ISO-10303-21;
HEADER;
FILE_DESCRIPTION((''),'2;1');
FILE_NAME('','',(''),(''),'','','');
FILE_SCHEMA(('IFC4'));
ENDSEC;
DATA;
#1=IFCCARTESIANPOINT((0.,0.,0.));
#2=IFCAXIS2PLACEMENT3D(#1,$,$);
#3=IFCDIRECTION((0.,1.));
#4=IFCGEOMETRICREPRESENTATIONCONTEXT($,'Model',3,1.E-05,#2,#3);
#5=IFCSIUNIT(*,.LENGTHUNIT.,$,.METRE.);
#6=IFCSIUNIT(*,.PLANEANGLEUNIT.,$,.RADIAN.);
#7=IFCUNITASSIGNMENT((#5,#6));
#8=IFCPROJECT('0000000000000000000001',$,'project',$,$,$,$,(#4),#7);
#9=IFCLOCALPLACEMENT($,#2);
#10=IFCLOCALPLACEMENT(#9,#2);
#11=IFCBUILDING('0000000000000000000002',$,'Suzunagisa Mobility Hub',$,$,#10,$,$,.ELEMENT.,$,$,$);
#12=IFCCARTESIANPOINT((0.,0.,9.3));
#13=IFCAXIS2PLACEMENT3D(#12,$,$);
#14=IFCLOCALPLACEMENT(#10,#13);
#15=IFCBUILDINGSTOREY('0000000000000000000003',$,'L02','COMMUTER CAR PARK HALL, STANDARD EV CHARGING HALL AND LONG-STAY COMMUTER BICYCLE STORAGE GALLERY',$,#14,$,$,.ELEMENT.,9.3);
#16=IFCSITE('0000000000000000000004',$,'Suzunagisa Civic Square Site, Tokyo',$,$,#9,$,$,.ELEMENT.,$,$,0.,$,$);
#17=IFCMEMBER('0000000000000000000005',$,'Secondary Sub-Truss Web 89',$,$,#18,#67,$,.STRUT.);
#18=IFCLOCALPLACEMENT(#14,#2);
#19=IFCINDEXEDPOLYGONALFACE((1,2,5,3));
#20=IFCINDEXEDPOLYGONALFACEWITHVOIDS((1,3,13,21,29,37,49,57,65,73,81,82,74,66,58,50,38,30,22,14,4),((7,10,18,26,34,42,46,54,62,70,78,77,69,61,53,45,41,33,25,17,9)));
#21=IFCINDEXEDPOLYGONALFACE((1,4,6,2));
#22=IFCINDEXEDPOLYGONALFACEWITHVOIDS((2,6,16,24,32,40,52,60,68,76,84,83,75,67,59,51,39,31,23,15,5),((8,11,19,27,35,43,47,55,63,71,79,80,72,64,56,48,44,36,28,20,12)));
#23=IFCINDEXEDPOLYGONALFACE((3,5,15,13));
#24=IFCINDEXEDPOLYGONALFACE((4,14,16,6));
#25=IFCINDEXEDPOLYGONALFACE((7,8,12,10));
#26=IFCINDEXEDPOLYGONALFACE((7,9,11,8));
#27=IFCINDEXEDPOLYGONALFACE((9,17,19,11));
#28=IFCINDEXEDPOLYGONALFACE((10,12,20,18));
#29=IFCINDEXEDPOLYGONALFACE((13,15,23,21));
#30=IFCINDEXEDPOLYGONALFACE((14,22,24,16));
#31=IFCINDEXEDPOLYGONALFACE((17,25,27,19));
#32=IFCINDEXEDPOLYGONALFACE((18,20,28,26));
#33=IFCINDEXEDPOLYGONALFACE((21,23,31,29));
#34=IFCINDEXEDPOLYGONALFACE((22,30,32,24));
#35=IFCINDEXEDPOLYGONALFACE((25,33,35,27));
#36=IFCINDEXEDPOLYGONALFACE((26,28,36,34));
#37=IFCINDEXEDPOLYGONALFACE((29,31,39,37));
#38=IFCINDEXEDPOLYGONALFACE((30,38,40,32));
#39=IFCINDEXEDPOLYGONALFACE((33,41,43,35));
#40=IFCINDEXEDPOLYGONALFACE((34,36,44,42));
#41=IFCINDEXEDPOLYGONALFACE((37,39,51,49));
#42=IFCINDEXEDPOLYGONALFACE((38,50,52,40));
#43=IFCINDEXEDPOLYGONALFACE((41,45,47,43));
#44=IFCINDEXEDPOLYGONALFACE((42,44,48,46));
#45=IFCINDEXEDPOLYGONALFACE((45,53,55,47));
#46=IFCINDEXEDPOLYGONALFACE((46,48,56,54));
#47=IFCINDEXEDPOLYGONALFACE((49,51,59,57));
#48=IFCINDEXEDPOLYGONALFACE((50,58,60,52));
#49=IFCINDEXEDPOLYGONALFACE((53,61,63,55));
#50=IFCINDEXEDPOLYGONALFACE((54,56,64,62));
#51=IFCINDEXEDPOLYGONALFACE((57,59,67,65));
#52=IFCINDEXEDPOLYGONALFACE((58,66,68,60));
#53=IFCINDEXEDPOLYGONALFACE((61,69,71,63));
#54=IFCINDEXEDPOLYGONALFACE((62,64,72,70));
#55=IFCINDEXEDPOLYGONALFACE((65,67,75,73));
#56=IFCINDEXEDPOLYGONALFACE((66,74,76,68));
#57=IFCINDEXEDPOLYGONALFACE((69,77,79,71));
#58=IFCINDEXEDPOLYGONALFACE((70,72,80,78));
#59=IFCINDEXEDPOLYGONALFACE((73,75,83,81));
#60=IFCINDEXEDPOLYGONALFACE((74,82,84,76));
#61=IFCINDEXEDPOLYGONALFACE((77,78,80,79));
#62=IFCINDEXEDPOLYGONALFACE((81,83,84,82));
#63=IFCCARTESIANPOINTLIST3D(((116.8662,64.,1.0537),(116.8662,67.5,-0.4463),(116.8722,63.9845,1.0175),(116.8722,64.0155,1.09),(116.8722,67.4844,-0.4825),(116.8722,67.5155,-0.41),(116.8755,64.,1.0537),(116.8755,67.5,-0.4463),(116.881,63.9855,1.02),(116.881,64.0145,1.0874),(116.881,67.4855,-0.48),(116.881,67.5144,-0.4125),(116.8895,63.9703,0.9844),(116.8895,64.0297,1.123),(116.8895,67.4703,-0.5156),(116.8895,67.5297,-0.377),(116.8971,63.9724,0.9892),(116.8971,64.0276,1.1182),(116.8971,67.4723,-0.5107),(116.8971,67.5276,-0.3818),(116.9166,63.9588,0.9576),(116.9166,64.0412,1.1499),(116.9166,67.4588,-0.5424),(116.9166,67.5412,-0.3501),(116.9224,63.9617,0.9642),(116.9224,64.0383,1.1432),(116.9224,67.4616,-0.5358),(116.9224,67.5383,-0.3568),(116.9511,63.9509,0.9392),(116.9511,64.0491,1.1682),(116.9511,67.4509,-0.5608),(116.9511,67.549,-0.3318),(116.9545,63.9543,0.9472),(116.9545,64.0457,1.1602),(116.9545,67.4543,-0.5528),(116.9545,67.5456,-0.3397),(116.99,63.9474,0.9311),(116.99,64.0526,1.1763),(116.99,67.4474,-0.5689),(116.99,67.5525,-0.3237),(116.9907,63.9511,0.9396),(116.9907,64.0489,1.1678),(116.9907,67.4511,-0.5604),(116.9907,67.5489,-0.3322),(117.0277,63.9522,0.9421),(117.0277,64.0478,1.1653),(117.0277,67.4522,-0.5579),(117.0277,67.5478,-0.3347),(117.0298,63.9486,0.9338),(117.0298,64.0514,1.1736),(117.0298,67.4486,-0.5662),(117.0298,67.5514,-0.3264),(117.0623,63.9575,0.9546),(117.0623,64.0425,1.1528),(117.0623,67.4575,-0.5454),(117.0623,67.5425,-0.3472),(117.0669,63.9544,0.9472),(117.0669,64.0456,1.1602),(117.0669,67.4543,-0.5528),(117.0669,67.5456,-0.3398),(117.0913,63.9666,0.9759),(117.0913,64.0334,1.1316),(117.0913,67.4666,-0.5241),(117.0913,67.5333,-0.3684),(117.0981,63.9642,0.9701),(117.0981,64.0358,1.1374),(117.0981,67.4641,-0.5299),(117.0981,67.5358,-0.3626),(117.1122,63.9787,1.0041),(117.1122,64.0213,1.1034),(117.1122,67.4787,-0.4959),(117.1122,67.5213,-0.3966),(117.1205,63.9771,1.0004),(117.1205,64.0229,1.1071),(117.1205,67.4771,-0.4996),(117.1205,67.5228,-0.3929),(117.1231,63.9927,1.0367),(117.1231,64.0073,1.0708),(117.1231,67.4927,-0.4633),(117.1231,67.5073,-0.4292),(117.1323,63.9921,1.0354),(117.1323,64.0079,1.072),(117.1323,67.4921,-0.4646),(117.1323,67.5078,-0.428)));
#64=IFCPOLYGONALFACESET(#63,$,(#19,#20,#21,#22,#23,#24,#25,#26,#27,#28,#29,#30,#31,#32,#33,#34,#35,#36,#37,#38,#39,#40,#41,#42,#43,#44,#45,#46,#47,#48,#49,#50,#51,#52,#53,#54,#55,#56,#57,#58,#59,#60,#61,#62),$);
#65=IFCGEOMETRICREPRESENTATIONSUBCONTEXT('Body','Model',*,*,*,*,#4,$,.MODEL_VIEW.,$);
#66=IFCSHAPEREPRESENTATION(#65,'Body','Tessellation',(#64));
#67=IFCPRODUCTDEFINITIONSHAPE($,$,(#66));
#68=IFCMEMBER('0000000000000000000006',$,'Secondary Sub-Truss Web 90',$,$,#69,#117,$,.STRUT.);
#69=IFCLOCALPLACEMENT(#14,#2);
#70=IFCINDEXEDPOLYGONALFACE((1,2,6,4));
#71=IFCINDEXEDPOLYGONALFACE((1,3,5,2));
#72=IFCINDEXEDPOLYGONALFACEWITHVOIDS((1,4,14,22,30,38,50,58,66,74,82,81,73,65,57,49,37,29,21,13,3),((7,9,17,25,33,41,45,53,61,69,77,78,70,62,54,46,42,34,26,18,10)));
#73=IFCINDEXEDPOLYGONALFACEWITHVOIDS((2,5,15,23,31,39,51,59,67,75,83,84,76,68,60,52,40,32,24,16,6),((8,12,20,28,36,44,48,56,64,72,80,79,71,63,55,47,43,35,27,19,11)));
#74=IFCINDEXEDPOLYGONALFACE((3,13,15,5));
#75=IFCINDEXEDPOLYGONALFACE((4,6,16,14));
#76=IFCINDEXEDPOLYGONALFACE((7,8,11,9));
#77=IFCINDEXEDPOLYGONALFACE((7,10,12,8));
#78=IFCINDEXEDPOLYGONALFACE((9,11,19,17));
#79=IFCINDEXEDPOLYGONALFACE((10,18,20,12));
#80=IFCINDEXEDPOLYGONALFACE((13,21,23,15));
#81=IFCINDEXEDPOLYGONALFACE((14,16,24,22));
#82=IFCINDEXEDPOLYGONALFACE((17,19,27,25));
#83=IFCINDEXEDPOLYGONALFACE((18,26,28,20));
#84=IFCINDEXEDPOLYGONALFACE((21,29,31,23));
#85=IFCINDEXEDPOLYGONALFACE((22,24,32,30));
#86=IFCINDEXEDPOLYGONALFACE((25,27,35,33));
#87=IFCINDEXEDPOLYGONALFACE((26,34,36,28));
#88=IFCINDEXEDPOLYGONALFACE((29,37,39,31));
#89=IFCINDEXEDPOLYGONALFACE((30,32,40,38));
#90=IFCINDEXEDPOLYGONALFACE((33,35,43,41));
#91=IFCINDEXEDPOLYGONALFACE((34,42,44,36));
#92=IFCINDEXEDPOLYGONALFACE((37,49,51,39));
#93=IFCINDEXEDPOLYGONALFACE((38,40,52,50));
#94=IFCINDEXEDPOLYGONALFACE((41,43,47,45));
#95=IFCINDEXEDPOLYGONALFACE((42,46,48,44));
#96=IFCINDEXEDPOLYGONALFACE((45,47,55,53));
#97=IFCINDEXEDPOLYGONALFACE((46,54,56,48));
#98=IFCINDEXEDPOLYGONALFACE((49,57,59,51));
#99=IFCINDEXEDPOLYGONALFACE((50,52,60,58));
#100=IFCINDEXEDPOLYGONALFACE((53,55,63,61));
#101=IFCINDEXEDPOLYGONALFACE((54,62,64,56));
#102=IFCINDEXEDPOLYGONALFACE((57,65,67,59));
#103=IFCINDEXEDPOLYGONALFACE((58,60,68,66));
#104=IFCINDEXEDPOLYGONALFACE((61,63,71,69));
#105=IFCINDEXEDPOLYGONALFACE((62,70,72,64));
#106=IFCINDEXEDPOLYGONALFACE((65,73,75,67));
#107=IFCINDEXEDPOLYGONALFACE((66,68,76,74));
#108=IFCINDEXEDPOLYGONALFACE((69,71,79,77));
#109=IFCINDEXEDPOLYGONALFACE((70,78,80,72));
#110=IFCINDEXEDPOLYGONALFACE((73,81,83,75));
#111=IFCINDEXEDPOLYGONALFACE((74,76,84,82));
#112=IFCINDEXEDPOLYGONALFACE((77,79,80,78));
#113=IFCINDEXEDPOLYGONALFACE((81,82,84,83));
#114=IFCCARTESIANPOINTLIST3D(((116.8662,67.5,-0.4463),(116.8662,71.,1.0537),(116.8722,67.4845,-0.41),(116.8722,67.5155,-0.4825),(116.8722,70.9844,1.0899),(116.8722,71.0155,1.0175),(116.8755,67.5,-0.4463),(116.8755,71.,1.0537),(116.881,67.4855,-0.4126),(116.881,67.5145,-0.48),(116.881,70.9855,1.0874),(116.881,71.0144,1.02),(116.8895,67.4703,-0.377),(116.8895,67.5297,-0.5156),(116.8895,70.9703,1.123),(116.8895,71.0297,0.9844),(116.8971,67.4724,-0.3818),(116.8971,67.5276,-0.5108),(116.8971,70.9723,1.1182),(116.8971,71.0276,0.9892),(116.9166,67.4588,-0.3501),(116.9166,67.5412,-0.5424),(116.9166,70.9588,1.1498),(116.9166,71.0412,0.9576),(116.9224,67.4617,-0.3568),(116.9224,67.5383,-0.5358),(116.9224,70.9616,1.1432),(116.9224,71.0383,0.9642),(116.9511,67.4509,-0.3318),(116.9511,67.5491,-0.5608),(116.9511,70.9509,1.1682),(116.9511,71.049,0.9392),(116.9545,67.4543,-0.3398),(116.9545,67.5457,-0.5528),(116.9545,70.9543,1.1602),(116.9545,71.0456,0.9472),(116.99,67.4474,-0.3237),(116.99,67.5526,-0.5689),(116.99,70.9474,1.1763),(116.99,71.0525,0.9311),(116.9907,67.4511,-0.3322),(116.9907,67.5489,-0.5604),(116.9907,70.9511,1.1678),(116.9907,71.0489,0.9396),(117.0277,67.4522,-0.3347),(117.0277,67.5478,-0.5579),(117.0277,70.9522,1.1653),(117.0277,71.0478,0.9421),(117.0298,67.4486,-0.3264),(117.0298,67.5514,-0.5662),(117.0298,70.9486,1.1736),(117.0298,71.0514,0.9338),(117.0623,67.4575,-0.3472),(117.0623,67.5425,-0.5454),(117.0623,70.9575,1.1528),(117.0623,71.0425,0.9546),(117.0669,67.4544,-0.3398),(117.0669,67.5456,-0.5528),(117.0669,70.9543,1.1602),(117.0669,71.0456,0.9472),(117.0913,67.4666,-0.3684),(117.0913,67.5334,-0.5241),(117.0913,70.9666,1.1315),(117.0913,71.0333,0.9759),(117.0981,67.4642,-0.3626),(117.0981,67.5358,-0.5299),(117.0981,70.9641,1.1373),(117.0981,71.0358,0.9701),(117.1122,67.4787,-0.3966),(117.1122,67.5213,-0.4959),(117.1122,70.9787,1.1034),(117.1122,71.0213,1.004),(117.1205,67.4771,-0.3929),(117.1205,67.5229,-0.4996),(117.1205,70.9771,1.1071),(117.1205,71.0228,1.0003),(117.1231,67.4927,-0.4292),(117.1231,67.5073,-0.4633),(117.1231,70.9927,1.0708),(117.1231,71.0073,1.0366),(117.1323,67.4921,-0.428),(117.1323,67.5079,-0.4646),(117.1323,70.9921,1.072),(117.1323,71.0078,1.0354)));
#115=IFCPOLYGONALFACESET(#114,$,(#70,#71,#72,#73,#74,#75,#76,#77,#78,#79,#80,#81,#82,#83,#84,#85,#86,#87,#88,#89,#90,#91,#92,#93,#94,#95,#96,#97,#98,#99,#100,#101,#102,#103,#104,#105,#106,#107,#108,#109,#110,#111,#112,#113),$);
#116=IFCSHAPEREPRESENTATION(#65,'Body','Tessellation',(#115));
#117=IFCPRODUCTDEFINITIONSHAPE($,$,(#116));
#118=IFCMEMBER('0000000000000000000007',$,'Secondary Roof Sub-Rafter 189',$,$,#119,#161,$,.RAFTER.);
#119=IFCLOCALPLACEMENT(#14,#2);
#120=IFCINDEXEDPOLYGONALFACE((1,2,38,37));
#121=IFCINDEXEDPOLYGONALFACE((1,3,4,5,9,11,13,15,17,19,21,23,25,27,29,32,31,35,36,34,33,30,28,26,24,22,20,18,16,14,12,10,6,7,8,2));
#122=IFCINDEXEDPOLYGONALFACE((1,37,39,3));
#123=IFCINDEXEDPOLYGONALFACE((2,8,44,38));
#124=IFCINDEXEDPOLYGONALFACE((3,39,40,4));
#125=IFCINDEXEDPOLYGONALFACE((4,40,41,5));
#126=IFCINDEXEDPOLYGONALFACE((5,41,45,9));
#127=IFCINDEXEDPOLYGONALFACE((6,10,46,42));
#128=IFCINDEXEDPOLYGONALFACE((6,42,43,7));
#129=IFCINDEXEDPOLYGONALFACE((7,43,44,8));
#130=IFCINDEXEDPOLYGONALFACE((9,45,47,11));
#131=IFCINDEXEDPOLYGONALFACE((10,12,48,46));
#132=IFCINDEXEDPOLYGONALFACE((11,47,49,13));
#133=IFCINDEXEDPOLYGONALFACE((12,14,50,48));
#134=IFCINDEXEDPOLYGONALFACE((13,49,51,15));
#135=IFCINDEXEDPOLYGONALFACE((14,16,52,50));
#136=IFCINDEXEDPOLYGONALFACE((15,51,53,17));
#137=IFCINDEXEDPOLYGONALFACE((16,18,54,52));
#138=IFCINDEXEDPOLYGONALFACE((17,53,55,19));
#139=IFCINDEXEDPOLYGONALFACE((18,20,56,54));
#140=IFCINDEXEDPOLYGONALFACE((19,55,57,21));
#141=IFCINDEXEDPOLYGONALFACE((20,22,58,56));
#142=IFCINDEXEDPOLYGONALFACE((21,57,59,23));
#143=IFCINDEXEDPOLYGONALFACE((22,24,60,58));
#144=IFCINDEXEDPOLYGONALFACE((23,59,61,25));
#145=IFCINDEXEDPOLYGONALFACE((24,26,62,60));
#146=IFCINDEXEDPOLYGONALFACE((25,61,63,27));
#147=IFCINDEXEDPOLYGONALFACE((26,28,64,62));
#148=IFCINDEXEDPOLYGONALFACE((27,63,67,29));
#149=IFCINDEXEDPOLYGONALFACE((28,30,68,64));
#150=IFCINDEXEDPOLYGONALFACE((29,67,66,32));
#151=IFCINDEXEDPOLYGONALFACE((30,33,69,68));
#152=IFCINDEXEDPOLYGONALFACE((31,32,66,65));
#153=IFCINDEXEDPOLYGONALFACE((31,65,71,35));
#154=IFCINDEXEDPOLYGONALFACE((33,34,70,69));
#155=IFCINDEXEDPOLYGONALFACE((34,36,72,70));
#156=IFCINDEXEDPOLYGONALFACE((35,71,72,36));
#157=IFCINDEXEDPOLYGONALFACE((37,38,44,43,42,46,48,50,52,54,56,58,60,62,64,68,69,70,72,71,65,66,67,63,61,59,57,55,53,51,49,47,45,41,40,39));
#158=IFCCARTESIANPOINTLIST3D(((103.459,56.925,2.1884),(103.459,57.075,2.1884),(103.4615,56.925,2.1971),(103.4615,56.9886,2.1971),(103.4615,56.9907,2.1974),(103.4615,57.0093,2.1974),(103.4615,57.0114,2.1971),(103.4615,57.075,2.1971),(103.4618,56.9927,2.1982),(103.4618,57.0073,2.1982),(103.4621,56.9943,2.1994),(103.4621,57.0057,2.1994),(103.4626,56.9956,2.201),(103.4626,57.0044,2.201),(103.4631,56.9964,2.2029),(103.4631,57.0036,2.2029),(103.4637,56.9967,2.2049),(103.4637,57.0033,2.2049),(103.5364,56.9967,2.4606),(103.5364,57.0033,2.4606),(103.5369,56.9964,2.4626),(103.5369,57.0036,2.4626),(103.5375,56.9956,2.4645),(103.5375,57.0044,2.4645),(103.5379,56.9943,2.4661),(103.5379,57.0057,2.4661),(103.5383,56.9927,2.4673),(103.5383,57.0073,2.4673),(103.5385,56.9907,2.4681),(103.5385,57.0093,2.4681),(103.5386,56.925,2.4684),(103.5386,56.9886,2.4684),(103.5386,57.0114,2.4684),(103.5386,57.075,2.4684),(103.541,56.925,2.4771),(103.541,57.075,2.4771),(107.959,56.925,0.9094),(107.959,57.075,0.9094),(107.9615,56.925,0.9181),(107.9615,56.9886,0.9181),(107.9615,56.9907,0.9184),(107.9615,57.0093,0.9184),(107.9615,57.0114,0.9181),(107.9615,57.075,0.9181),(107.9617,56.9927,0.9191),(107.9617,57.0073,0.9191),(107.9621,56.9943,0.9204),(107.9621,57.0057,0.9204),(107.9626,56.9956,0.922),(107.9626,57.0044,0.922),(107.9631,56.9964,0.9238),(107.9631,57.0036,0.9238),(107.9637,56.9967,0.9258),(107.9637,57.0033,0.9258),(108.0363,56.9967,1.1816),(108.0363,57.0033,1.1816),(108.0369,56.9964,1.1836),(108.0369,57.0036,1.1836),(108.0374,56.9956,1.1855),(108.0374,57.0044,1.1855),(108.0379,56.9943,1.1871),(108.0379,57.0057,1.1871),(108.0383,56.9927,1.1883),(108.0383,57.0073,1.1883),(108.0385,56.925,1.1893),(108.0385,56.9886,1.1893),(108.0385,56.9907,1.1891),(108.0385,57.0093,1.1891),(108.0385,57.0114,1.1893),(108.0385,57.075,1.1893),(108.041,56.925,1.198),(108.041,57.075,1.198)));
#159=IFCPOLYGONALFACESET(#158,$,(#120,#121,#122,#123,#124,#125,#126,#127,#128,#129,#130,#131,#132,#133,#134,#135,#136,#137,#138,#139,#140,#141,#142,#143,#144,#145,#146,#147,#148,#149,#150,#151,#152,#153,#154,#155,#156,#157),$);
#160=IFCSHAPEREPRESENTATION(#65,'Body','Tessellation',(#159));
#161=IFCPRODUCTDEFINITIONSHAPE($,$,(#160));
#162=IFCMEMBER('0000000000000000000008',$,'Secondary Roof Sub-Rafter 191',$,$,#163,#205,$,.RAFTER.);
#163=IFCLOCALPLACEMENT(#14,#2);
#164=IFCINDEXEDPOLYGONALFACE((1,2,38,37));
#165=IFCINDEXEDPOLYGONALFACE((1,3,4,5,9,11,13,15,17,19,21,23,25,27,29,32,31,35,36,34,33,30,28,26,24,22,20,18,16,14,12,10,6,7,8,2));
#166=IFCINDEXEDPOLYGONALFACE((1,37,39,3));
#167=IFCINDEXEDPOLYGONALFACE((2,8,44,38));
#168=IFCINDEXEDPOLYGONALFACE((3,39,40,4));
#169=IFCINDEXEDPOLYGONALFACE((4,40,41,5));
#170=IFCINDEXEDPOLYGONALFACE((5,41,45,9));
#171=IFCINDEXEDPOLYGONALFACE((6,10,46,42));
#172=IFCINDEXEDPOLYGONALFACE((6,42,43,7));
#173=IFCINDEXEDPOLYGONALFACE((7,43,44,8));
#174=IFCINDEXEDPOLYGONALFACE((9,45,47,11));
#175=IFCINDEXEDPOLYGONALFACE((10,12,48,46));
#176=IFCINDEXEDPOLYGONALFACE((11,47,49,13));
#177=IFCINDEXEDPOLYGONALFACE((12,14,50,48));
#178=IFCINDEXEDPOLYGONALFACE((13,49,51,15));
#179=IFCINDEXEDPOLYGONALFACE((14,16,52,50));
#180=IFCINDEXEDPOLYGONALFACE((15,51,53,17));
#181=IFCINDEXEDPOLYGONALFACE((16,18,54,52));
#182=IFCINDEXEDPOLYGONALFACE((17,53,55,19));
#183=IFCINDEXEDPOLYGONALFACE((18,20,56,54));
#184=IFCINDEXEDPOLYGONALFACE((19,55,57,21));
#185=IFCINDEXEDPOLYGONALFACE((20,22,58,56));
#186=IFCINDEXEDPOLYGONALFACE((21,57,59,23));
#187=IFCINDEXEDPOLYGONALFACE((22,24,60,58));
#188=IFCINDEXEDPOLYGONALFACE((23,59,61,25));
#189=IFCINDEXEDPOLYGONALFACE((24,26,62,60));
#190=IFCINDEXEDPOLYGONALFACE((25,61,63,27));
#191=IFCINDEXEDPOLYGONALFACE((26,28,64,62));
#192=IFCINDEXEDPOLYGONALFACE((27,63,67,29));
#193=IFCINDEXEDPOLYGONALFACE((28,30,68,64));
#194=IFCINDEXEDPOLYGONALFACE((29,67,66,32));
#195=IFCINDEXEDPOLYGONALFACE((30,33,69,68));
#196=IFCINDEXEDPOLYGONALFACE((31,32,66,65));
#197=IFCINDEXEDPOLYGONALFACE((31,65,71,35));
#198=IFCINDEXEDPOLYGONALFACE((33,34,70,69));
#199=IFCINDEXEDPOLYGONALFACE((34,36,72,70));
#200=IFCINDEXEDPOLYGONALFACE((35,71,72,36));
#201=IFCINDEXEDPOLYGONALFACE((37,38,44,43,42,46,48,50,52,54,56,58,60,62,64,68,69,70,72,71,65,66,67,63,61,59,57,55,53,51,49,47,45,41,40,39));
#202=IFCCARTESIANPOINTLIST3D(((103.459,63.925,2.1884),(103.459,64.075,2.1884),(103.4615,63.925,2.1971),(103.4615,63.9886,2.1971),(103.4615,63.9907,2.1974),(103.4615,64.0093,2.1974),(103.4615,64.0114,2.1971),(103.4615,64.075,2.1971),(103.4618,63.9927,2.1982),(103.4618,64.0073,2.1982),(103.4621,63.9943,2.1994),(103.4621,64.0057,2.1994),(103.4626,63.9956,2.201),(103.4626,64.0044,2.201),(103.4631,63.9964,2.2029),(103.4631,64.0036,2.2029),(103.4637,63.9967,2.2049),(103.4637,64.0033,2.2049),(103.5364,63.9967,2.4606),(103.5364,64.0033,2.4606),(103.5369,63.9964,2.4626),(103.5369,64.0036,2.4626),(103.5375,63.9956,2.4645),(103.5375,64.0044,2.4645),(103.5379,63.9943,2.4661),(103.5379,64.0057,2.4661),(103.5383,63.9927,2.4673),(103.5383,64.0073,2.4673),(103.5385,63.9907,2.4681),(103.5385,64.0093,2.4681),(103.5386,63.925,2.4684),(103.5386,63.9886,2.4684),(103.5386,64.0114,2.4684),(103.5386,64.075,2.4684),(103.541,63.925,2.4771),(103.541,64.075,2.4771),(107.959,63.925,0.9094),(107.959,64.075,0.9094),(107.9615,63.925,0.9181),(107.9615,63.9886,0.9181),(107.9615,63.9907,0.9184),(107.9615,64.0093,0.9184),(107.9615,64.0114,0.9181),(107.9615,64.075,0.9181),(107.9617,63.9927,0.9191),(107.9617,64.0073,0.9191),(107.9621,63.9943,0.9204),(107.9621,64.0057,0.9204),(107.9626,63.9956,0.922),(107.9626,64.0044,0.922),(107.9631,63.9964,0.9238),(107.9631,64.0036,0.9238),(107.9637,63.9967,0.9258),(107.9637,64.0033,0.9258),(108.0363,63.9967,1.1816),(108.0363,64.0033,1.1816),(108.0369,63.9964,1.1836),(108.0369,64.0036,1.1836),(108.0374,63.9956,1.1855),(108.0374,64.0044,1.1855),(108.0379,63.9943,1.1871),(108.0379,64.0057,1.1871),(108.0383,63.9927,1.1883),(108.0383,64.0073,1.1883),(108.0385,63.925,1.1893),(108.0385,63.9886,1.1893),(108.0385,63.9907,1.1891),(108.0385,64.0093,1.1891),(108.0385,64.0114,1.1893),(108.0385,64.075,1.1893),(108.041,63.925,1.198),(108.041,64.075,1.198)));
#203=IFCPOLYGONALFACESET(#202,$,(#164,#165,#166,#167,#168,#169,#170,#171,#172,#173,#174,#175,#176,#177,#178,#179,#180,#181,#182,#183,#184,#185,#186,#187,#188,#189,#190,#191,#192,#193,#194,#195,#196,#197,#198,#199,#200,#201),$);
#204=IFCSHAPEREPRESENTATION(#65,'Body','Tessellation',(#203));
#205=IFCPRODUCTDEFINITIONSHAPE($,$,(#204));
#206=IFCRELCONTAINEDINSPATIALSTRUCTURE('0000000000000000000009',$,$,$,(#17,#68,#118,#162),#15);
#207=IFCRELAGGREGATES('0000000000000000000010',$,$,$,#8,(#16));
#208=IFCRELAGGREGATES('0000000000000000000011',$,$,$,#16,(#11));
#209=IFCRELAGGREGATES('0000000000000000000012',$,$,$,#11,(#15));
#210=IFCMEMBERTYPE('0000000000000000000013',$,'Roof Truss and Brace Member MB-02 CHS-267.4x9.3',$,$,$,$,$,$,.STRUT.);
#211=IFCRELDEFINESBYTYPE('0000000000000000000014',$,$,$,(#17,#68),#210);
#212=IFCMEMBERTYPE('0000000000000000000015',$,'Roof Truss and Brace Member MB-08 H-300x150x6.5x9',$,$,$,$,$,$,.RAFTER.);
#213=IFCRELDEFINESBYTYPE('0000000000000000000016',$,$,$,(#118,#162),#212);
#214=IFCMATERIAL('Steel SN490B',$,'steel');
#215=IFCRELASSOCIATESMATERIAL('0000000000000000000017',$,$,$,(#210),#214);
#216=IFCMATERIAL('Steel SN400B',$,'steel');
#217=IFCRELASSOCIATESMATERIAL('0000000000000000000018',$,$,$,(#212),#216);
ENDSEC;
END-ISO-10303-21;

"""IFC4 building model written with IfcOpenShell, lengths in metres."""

from ifc_helpers import new_model, si_unit, direction, frame, origin, origin_2d, place, context, subcontext, project, spatial, hollow_circle, i_section, extrude, material, material_profile, profile_set, type_object, element, save


model = new_model("IFC4")

# Units and contexts
model_context = context("Model", 3, precision=1e-05, world=origin(), true_north=direction((0.0, 1.0)))
body_context = subcontext(model_context, "Body", "Model", "MODEL_VIEW")
ifc_project = project(units=[si_unit("LENGTHUNIT", "METRE"), si_unit("PLANEANGLEUNIT", "RADIAN")], contexts=[model_context])

# Site, building, storey
site_placement = place(None, origin())
site = spatial("IfcSite", under=ifc_project, at=site_placement, Name="Suzunagisa Civic Square Site, Tokyo", CompositionType="ELEMENT", RefElevation=0.0)
building_placement = place(site_placement, origin())
building = spatial("IfcBuilding", under=site, at=building_placement, Name="Suzunagisa Mobility Hub", CompositionType="ELEMENT")
storey_placement = place(building_placement, frame((0.0, 0.0, 9.3)))
storey = spatial("IfcBuildingStorey", under=building, at=storey_placement, Name="L02", Description="COMMUTER CAR PARK HALL, STANDARD EV CHARGING HALL AND LONG-STAY COMMUTER BICYCLE STORAGE GALLERY", CompositionType="ELEMENT", Elevation=9.3)

# Shared definitions
ifc_material_1 = material(Name="Steel SN490B", Category="steel")

# Members
ifc_material_profile_1 = material_profile(ifc_material_1, hollow_circle(Radius=0.1338, WallThickness=0.0093, at=origin_2d()), Name="CHS-267.4x9.3")
ifc_profile_set_1 = profile_set([ifc_material_profile_1], Name="Steel SN490B")
member_type_1 = type_object("IfcMemberType", Name="Roof Truss and Brace Member MB-02 CHS-267.4x9.3", PredefinedType="STRUT", material=ifc_profile_set_1)
for number, where, z_axis, x_axis, name in (
    (1, (117.0, 64.0, 1.0537), (0.0, 0.919145, -0.393919), (-1.0, 0.0, 0.0), "Secondary Sub-Truss Web 89"),
    (2, (117.0, 67.5, -0.4463), (0.0, 0.919145, 0.393919), (-1.0, 0.0, 0.0), "Secondary Sub-Truss Web 90"),
):
    element("IfcMember", number, at=place(storey_placement, frame(where, z_axis=z_axis, x_axis=x_axis)), inside=storey, type_object=member_type_1, Name=name, PredefinedType="STRUT", context=body_context, shape_type="SweptSolid", body=[
        extrude(hollow_circle(Radius=0.1338, WallThickness=0.0093, at=origin_2d()), origin(), (0.0, 0.0, 1.0), 3.8079),
    ])
ifc_material_2 = material(Name="Steel SN400B", Category="steel")
ifc_material_profile_2 = material_profile(ifc_material_2, i_section(OverallWidth=0.1499, OverallDepth=0.3, WebThickness=0.0066, FlangeThickness=0.009, FilletRadius=0.0081, at=origin_2d()), Name="H-300x150x6.5x9")
ifc_profile_set_2 = profile_set([ifc_material_profile_2], Name="Steel SN400B")
member_type_2 = type_object("IfcMemberType", Name="Roof Truss and Brace Member MB-08 H-300x150x6.5x9", PredefinedType="RAFTER", material=ifc_profile_set_2)
for number, where, z_axis, x_axis, name in (
    (3, (108.0, 57.0, 1.0537), (-0.961899, 0.0, 0.273404), (0.0, -1.0, 0.0), "Secondary Roof Sub-Rafter 189"),
    (4, (108.0, 64.0, 1.0537), (-0.961899, 0.0, 0.273404), (0.0, -1.0, 0.0), "Secondary Roof Sub-Rafter 191"),
):
    element("IfcMember", number, at=place(storey_placement, frame(where, z_axis=z_axis, x_axis=x_axis)), inside=storey, type_object=member_type_2, Name=name, PredefinedType="RAFTER", context=body_context, shape_type="SweptSolid", body=[
        extrude(i_section(OverallWidth=0.1499, OverallDepth=0.3, WebThickness=0.0066, FlangeThickness=0.009, FilletRadius=0.0081, at=origin_2d()), origin(), (0.0, 0.0, 1.0), 4.6782),
    ])

save(model, "model.ifc")
